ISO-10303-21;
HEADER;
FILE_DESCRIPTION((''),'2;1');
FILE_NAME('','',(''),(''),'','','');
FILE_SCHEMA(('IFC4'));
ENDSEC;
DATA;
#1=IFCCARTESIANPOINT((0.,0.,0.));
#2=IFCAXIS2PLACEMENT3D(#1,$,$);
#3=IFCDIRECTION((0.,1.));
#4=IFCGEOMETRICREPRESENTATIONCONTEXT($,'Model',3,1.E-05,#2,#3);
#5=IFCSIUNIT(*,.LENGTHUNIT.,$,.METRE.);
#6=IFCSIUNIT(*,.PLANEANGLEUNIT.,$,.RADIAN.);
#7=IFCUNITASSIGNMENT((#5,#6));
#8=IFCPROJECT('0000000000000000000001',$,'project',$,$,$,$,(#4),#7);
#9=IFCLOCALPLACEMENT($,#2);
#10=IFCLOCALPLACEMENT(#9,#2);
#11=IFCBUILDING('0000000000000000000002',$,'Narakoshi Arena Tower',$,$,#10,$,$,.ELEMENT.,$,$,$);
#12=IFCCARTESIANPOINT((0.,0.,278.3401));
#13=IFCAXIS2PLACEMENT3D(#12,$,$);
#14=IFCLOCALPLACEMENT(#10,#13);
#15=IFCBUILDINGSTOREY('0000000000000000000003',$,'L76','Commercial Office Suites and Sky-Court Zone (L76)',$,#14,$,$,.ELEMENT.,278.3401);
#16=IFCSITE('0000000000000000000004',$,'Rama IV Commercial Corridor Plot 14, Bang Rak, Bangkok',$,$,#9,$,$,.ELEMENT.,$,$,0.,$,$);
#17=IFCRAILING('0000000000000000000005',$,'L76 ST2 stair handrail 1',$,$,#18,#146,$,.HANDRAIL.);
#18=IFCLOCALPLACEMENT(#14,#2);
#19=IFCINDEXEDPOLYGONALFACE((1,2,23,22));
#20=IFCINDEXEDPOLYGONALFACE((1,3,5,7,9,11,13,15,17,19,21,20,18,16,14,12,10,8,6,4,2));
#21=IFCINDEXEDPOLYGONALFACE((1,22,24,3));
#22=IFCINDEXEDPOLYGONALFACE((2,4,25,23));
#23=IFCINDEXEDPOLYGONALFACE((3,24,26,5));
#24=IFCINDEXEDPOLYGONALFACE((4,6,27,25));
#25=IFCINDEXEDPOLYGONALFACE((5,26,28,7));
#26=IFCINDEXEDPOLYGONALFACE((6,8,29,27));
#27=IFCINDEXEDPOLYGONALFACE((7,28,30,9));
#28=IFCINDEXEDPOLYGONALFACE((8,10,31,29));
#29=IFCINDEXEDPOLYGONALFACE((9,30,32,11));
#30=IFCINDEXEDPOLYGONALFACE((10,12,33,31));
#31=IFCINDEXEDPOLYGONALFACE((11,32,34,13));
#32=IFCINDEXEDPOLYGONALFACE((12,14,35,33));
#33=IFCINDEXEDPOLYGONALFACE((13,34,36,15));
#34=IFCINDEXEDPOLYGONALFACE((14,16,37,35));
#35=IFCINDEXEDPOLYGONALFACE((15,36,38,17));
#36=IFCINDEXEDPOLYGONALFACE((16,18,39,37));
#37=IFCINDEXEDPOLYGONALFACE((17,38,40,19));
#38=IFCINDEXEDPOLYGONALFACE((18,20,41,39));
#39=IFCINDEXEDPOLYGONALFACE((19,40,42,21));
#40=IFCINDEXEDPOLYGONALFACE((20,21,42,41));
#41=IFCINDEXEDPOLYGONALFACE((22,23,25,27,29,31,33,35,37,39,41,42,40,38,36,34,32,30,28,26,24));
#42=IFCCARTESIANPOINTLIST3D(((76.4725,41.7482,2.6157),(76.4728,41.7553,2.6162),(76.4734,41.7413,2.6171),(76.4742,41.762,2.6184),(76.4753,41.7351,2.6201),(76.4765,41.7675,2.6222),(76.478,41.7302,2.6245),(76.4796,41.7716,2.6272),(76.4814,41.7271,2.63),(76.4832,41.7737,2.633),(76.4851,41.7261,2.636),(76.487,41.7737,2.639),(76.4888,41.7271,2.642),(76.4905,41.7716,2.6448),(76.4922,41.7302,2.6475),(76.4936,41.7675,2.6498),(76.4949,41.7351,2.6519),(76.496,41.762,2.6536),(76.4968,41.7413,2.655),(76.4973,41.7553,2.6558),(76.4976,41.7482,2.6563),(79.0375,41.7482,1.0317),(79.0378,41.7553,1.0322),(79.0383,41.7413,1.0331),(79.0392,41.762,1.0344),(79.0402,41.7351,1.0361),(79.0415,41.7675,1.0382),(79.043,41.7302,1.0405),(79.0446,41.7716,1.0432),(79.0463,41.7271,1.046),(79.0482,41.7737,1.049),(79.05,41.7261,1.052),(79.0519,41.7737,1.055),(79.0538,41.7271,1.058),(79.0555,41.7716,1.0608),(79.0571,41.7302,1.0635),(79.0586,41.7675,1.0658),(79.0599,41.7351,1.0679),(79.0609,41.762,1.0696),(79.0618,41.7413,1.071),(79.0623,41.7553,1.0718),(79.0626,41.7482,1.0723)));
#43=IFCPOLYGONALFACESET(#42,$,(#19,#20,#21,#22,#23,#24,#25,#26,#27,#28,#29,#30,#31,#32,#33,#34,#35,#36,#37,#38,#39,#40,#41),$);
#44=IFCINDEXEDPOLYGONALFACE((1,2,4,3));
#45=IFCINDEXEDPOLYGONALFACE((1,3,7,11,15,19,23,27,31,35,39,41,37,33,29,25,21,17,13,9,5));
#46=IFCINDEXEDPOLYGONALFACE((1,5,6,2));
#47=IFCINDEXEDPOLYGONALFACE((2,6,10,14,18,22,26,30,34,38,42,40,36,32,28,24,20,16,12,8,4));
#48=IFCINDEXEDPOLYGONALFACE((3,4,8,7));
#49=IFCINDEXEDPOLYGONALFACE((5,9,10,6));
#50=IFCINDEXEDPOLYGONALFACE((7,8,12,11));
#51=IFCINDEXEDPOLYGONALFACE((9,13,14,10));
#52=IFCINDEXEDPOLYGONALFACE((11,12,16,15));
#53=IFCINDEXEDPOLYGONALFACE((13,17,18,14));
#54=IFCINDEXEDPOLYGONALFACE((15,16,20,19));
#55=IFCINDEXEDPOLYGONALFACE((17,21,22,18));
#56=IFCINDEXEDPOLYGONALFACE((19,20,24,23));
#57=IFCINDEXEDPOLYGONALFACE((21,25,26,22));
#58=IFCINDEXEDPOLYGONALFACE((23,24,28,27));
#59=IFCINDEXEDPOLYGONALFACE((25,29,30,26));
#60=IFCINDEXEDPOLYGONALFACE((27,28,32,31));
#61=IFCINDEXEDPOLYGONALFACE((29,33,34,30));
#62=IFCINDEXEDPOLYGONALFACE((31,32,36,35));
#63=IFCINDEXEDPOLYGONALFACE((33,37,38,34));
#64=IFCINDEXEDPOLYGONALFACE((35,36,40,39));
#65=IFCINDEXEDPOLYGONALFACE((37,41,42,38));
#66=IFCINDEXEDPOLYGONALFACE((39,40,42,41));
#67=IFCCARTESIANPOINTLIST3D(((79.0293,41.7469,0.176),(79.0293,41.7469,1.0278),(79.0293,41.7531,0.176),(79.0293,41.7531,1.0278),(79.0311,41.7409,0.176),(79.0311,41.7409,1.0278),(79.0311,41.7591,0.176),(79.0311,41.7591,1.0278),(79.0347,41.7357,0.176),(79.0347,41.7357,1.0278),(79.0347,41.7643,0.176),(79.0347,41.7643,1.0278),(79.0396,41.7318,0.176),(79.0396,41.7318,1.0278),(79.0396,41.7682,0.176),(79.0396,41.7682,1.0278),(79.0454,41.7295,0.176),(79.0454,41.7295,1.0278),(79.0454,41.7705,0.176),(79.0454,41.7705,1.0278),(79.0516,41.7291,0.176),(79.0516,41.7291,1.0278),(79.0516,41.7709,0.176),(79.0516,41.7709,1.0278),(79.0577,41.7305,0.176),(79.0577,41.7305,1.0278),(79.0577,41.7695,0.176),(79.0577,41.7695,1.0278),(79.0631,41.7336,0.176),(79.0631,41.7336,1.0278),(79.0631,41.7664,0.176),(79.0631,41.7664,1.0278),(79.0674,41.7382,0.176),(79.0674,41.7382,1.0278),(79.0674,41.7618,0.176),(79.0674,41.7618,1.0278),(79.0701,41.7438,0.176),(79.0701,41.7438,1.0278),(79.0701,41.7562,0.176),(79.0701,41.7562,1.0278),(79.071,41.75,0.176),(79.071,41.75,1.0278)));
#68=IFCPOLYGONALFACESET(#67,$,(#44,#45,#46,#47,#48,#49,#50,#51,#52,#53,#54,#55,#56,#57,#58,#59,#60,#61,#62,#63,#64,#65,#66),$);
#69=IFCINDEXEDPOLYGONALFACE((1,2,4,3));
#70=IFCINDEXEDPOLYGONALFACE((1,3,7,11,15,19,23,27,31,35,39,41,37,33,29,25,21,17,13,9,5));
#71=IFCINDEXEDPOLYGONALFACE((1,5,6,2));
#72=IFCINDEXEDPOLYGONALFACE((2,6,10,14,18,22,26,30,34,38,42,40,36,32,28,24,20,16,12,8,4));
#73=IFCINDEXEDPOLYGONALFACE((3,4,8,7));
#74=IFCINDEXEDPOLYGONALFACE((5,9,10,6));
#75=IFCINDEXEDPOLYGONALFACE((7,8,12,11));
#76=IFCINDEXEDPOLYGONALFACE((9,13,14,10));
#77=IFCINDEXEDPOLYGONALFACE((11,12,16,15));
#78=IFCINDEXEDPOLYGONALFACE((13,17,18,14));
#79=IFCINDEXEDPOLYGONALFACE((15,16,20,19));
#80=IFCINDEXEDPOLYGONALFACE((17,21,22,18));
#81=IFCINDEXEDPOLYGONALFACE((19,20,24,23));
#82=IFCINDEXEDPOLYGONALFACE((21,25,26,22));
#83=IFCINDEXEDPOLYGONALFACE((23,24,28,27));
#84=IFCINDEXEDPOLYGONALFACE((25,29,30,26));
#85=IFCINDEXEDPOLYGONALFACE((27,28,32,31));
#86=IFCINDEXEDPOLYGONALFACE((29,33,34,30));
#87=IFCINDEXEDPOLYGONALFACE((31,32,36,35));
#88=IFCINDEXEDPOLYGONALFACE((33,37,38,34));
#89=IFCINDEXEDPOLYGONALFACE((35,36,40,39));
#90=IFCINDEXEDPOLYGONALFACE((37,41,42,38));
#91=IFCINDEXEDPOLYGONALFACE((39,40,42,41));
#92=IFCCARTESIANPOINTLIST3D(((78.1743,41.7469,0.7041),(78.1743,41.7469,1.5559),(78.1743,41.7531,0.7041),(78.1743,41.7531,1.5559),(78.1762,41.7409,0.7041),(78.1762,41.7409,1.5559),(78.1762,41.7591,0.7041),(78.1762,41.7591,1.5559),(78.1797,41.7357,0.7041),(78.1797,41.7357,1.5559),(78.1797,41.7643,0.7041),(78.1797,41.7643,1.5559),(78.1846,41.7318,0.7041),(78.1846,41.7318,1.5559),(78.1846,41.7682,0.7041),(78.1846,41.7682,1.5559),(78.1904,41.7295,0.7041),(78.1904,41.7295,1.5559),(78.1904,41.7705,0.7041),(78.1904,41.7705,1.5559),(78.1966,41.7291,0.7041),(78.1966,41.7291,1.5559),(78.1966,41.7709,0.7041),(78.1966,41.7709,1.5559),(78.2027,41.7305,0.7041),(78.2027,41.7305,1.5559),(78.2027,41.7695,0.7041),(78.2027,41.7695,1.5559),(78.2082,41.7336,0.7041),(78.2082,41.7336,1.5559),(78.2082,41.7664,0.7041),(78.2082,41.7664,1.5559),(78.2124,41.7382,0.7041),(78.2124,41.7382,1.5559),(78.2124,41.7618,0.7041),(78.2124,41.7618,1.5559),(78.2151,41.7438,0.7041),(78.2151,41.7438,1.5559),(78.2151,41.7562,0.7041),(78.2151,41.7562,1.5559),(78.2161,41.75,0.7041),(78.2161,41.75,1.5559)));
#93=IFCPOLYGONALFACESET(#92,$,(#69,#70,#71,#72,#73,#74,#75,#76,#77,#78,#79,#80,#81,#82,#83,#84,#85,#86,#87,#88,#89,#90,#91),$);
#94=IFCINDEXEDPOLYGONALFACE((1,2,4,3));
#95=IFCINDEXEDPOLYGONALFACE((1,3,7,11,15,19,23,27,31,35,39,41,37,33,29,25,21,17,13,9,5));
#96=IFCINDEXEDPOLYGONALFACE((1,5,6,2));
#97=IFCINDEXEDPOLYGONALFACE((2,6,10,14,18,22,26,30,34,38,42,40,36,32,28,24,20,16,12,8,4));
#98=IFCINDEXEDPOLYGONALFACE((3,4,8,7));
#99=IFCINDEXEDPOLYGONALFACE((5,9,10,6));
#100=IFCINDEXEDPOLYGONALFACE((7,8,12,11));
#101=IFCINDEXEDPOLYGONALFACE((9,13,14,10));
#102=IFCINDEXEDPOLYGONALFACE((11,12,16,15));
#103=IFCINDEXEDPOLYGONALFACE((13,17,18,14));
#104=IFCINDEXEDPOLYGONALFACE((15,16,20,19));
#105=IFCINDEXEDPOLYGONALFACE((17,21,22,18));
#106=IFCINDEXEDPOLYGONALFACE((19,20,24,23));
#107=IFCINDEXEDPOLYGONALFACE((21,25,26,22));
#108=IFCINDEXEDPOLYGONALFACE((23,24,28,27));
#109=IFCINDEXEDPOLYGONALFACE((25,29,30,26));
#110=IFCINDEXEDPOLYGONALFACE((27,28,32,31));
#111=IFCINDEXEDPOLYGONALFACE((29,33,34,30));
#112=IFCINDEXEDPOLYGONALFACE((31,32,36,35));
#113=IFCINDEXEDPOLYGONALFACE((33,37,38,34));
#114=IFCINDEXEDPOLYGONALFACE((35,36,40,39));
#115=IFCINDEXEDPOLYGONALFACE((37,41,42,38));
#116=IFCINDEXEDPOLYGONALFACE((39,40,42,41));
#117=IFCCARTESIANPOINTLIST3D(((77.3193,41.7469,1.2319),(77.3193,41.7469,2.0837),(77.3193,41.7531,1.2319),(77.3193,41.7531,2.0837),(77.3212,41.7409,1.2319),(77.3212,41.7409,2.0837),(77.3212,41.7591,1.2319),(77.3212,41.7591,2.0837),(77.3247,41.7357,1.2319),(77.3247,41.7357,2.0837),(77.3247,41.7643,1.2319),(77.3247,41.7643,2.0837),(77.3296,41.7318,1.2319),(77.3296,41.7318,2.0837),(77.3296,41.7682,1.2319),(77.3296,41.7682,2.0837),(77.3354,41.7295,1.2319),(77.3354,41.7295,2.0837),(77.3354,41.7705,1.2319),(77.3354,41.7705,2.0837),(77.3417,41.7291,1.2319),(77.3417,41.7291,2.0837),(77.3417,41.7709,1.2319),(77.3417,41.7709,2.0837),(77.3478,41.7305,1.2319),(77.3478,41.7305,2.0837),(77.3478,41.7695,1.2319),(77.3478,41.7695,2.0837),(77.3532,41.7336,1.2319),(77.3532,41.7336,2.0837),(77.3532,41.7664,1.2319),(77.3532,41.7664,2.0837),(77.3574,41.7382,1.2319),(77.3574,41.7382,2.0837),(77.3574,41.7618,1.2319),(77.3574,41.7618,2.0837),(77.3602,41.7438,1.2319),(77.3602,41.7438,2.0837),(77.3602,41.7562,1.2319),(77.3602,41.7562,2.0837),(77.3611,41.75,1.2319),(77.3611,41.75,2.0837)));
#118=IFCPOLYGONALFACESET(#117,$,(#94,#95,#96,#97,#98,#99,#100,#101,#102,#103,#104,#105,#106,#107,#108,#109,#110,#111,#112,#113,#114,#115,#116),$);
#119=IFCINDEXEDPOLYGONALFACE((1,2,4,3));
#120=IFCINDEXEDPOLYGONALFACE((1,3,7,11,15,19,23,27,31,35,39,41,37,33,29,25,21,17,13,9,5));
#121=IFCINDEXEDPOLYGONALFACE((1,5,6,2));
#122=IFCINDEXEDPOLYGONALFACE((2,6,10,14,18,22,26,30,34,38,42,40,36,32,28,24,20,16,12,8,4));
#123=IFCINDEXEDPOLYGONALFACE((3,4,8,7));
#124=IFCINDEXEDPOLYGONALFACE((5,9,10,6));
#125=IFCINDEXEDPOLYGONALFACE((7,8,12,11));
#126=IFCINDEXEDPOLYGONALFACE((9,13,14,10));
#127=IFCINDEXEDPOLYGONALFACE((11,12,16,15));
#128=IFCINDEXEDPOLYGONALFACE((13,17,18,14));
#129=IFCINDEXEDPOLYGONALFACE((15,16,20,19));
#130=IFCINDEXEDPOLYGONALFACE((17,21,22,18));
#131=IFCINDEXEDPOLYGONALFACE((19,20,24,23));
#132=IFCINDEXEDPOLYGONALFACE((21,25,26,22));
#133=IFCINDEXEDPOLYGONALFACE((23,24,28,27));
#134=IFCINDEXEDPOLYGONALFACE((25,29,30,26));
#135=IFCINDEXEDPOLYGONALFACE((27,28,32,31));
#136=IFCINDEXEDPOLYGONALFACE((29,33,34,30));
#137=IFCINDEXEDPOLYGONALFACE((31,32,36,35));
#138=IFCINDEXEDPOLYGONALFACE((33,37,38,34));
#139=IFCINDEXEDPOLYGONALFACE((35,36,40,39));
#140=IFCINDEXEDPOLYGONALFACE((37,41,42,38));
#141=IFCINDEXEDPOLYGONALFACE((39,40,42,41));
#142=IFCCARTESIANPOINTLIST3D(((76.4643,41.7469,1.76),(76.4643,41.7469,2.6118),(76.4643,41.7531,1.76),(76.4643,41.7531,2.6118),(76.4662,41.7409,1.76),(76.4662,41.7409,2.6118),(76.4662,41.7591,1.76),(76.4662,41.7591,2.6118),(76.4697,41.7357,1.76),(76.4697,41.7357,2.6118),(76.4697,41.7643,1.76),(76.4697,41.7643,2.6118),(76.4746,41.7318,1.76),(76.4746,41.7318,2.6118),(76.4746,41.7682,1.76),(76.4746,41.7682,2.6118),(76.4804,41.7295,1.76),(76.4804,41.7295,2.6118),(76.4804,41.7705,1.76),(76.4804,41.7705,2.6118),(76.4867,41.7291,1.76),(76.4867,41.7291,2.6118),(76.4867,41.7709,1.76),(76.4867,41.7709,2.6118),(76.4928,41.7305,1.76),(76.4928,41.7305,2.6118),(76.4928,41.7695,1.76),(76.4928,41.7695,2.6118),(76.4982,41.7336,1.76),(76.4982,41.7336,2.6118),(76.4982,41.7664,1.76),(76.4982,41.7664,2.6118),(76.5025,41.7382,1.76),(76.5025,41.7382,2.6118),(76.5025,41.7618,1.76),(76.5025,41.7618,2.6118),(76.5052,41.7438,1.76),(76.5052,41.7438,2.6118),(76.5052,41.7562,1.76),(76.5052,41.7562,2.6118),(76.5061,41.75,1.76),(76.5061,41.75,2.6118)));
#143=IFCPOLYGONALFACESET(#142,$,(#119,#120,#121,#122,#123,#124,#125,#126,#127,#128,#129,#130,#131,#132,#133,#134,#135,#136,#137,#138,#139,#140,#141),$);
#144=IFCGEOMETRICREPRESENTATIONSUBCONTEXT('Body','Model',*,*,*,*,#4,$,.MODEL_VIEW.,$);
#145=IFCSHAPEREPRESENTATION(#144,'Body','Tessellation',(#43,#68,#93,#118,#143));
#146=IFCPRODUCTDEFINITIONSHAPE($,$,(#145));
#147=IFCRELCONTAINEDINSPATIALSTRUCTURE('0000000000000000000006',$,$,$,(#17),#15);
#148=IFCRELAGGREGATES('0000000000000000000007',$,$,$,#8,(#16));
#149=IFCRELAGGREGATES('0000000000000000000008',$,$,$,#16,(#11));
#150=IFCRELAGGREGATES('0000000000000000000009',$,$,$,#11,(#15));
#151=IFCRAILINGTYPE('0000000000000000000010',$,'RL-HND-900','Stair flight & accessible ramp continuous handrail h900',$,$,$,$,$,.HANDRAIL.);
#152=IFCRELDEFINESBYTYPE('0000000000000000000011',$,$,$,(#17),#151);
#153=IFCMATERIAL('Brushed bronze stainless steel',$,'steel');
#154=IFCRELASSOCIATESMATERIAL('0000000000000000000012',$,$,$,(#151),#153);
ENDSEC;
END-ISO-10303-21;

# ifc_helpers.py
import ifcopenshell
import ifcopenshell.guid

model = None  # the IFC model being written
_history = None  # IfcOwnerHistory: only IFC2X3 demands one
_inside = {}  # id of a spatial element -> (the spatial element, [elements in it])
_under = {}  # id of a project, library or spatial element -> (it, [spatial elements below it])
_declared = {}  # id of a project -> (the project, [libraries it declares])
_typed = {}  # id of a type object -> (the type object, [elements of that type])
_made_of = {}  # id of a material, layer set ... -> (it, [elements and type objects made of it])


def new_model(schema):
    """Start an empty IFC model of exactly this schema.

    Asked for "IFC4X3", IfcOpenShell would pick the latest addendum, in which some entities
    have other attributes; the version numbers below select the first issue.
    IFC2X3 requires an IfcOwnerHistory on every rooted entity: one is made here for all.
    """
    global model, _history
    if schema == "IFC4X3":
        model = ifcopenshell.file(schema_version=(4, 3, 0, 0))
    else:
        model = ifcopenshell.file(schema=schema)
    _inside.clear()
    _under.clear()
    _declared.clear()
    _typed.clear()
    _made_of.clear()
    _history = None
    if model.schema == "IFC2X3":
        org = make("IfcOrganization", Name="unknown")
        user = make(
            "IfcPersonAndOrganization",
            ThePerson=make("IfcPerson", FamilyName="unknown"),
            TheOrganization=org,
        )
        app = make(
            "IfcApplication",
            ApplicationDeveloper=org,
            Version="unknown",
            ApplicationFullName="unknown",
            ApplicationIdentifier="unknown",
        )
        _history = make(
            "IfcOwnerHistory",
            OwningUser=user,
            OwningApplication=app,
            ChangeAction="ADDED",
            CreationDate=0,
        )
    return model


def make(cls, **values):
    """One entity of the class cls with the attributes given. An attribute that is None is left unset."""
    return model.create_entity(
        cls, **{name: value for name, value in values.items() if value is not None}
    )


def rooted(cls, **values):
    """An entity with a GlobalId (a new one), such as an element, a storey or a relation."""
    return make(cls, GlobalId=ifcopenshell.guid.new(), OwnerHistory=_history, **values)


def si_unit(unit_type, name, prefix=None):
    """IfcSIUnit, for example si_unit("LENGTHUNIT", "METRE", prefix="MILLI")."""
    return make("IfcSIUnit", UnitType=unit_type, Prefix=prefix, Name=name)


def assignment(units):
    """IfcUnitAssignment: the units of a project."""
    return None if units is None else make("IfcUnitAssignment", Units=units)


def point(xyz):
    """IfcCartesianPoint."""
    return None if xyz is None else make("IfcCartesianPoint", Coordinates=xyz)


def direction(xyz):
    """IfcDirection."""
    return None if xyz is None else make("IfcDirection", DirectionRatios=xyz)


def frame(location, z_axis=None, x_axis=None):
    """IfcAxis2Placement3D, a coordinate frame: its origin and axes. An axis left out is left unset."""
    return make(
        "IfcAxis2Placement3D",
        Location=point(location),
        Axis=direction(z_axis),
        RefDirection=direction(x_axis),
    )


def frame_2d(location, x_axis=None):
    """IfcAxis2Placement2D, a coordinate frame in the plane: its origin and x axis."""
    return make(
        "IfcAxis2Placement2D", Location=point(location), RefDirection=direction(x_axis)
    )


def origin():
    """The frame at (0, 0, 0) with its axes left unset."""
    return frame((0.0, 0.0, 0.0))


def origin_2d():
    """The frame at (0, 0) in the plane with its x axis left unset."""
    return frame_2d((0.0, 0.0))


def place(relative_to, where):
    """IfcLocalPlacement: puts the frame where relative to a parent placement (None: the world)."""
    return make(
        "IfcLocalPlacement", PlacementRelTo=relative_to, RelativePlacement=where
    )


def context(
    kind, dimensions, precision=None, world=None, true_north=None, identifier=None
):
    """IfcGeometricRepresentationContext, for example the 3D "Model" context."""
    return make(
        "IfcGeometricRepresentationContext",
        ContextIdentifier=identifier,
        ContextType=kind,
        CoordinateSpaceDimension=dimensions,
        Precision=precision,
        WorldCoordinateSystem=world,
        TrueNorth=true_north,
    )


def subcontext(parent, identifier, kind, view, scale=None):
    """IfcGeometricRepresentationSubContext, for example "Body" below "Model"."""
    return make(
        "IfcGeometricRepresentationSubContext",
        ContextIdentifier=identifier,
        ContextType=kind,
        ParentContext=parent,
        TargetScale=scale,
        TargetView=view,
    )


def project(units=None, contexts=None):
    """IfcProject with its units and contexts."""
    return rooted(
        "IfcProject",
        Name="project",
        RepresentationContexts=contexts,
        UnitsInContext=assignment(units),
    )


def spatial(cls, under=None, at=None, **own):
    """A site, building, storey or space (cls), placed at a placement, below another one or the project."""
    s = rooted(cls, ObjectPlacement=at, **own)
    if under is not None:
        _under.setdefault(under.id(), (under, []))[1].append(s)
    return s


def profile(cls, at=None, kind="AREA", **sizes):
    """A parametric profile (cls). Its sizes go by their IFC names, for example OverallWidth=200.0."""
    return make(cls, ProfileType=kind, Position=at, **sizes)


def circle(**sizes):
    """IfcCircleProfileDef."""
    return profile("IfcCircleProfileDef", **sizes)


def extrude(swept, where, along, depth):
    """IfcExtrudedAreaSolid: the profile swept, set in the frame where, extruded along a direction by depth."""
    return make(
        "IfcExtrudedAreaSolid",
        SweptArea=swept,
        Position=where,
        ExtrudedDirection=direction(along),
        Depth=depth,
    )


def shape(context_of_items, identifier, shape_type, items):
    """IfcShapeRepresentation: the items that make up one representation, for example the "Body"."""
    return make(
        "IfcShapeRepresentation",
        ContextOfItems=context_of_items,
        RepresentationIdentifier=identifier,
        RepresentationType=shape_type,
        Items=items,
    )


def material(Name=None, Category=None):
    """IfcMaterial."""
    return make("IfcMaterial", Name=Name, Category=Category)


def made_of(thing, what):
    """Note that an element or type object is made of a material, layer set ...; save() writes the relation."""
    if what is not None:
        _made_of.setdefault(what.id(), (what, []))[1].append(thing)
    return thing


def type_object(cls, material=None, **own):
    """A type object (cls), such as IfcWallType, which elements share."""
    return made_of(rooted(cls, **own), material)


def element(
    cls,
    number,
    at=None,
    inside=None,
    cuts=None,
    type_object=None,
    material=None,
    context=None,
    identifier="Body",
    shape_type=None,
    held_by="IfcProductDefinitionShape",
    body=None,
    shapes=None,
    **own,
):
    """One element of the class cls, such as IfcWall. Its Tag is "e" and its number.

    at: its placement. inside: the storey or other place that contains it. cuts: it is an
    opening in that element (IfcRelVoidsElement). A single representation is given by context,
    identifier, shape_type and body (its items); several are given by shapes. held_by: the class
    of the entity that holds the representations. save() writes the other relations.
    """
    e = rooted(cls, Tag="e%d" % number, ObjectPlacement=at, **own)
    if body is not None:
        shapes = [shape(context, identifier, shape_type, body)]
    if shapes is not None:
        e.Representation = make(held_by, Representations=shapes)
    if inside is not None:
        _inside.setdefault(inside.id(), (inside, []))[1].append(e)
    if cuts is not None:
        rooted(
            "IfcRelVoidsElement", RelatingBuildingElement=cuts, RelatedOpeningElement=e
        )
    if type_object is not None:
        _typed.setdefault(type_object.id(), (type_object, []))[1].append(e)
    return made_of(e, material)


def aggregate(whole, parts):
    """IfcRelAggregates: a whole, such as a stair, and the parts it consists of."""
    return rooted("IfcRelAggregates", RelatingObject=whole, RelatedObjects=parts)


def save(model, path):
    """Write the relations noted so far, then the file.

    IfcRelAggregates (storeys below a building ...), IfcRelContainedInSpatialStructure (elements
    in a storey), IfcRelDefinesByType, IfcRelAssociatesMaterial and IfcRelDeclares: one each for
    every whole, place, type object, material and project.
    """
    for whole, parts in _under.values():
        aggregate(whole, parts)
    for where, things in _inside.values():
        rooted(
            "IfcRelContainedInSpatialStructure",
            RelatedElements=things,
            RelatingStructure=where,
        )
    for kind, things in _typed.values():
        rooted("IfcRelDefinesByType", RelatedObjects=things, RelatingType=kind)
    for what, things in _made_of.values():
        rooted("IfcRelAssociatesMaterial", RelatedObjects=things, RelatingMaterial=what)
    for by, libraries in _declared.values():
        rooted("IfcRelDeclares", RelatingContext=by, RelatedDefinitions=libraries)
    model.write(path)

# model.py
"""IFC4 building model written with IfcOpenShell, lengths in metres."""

from ifc_helpers import new_model, si_unit, direction, frame, origin, origin_2d, place, context, subcontext, project, spatial, circle, extrude, material, type_object, element, save


model = new_model("IFC4")

# Units and contexts
model_context = context("Model", 3, precision=1e-05, world=origin(), true_north=direction((0.0, 1.0)))
body_context = subcontext(model_context, "Body", "Model", "MODEL_VIEW")
ifc_project = project(units=[si_unit("LENGTHUNIT", "METRE"), si_unit("PLANEANGLEUNIT", "RADIAN")], contexts=[model_context])

# Site, building, storey
site_placement = place(None, origin())
site = spatial("IfcSite", under=ifc_project, at=site_placement, Name="Rama IV Commercial Corridor Plot 14, Bang Rak, Bangkok", CompositionType="ELEMENT", RefElevation=0.0)
building_placement = place(site_placement, origin())
building = spatial("IfcBuilding", under=site, at=building_placement, Name="Narakoshi Arena Tower", CompositionType="ELEMENT")
storey_placement = place(building_placement, frame((0.0, 0.0, 278.3401)))
storey = spatial("IfcBuildingStorey", under=building, at=storey_placement, Name="L76", Description="Commercial Office Suites and Sky-Court Zone (L76)", CompositionType="ELEMENT", Elevation=278.3401)

# Railing
ifc_material_1 = material(Name="Brushed bronze stainless steel", Category="steel")
railing_type_1 = type_object("IfcRailingType", Name="RL-HND-900", Description="Stair flight & accessible ramp continuous handrail h900", PredefinedType="HANDRAIL", material=ifc_material_1)
railing_1_placement = place(storey_placement, frame((79.05, 41.75, 0.176)))
element("IfcRailing", 1, at=railing_1_placement, inside=storey, type_object=railing_type_1, Name="L76 ST2 stair handrail 1", PredefinedType="HANDRAIL", context=body_context, shape_type="SweptSolid", body=[
    extrude(circle(Radius=0.0239, at=origin_2d()), frame((0.0, 0.0, 0.876), z_axis=(-0.850834, 0.0, 0.525434), x_axis=(0.0, -1.0, 0.0)), (0.0, 0.0, 1.0), 3.0146),
    extrude(circle(Radius=0.021, at=origin_2d()), origin(), (0.0, 0.0, 1.0), 0.8518),
    extrude(circle(Radius=0.021, at=origin_2d()), frame((-0.855, 0.0, 0.5281)), (0.0, 0.0, 1.0), 0.8518),
    extrude(circle(Radius=0.021, at=origin_2d()), frame((-1.71, 0.0, 1.0559)), (0.0, 0.0, 1.0), 0.8518),
    extrude(circle(Radius=0.021, at=origin_2d()), frame((-2.5649, 0.0, 1.584)), (0.0, 0.0, 1.0), 0.8518),
])

save(model, "model.ifc")
